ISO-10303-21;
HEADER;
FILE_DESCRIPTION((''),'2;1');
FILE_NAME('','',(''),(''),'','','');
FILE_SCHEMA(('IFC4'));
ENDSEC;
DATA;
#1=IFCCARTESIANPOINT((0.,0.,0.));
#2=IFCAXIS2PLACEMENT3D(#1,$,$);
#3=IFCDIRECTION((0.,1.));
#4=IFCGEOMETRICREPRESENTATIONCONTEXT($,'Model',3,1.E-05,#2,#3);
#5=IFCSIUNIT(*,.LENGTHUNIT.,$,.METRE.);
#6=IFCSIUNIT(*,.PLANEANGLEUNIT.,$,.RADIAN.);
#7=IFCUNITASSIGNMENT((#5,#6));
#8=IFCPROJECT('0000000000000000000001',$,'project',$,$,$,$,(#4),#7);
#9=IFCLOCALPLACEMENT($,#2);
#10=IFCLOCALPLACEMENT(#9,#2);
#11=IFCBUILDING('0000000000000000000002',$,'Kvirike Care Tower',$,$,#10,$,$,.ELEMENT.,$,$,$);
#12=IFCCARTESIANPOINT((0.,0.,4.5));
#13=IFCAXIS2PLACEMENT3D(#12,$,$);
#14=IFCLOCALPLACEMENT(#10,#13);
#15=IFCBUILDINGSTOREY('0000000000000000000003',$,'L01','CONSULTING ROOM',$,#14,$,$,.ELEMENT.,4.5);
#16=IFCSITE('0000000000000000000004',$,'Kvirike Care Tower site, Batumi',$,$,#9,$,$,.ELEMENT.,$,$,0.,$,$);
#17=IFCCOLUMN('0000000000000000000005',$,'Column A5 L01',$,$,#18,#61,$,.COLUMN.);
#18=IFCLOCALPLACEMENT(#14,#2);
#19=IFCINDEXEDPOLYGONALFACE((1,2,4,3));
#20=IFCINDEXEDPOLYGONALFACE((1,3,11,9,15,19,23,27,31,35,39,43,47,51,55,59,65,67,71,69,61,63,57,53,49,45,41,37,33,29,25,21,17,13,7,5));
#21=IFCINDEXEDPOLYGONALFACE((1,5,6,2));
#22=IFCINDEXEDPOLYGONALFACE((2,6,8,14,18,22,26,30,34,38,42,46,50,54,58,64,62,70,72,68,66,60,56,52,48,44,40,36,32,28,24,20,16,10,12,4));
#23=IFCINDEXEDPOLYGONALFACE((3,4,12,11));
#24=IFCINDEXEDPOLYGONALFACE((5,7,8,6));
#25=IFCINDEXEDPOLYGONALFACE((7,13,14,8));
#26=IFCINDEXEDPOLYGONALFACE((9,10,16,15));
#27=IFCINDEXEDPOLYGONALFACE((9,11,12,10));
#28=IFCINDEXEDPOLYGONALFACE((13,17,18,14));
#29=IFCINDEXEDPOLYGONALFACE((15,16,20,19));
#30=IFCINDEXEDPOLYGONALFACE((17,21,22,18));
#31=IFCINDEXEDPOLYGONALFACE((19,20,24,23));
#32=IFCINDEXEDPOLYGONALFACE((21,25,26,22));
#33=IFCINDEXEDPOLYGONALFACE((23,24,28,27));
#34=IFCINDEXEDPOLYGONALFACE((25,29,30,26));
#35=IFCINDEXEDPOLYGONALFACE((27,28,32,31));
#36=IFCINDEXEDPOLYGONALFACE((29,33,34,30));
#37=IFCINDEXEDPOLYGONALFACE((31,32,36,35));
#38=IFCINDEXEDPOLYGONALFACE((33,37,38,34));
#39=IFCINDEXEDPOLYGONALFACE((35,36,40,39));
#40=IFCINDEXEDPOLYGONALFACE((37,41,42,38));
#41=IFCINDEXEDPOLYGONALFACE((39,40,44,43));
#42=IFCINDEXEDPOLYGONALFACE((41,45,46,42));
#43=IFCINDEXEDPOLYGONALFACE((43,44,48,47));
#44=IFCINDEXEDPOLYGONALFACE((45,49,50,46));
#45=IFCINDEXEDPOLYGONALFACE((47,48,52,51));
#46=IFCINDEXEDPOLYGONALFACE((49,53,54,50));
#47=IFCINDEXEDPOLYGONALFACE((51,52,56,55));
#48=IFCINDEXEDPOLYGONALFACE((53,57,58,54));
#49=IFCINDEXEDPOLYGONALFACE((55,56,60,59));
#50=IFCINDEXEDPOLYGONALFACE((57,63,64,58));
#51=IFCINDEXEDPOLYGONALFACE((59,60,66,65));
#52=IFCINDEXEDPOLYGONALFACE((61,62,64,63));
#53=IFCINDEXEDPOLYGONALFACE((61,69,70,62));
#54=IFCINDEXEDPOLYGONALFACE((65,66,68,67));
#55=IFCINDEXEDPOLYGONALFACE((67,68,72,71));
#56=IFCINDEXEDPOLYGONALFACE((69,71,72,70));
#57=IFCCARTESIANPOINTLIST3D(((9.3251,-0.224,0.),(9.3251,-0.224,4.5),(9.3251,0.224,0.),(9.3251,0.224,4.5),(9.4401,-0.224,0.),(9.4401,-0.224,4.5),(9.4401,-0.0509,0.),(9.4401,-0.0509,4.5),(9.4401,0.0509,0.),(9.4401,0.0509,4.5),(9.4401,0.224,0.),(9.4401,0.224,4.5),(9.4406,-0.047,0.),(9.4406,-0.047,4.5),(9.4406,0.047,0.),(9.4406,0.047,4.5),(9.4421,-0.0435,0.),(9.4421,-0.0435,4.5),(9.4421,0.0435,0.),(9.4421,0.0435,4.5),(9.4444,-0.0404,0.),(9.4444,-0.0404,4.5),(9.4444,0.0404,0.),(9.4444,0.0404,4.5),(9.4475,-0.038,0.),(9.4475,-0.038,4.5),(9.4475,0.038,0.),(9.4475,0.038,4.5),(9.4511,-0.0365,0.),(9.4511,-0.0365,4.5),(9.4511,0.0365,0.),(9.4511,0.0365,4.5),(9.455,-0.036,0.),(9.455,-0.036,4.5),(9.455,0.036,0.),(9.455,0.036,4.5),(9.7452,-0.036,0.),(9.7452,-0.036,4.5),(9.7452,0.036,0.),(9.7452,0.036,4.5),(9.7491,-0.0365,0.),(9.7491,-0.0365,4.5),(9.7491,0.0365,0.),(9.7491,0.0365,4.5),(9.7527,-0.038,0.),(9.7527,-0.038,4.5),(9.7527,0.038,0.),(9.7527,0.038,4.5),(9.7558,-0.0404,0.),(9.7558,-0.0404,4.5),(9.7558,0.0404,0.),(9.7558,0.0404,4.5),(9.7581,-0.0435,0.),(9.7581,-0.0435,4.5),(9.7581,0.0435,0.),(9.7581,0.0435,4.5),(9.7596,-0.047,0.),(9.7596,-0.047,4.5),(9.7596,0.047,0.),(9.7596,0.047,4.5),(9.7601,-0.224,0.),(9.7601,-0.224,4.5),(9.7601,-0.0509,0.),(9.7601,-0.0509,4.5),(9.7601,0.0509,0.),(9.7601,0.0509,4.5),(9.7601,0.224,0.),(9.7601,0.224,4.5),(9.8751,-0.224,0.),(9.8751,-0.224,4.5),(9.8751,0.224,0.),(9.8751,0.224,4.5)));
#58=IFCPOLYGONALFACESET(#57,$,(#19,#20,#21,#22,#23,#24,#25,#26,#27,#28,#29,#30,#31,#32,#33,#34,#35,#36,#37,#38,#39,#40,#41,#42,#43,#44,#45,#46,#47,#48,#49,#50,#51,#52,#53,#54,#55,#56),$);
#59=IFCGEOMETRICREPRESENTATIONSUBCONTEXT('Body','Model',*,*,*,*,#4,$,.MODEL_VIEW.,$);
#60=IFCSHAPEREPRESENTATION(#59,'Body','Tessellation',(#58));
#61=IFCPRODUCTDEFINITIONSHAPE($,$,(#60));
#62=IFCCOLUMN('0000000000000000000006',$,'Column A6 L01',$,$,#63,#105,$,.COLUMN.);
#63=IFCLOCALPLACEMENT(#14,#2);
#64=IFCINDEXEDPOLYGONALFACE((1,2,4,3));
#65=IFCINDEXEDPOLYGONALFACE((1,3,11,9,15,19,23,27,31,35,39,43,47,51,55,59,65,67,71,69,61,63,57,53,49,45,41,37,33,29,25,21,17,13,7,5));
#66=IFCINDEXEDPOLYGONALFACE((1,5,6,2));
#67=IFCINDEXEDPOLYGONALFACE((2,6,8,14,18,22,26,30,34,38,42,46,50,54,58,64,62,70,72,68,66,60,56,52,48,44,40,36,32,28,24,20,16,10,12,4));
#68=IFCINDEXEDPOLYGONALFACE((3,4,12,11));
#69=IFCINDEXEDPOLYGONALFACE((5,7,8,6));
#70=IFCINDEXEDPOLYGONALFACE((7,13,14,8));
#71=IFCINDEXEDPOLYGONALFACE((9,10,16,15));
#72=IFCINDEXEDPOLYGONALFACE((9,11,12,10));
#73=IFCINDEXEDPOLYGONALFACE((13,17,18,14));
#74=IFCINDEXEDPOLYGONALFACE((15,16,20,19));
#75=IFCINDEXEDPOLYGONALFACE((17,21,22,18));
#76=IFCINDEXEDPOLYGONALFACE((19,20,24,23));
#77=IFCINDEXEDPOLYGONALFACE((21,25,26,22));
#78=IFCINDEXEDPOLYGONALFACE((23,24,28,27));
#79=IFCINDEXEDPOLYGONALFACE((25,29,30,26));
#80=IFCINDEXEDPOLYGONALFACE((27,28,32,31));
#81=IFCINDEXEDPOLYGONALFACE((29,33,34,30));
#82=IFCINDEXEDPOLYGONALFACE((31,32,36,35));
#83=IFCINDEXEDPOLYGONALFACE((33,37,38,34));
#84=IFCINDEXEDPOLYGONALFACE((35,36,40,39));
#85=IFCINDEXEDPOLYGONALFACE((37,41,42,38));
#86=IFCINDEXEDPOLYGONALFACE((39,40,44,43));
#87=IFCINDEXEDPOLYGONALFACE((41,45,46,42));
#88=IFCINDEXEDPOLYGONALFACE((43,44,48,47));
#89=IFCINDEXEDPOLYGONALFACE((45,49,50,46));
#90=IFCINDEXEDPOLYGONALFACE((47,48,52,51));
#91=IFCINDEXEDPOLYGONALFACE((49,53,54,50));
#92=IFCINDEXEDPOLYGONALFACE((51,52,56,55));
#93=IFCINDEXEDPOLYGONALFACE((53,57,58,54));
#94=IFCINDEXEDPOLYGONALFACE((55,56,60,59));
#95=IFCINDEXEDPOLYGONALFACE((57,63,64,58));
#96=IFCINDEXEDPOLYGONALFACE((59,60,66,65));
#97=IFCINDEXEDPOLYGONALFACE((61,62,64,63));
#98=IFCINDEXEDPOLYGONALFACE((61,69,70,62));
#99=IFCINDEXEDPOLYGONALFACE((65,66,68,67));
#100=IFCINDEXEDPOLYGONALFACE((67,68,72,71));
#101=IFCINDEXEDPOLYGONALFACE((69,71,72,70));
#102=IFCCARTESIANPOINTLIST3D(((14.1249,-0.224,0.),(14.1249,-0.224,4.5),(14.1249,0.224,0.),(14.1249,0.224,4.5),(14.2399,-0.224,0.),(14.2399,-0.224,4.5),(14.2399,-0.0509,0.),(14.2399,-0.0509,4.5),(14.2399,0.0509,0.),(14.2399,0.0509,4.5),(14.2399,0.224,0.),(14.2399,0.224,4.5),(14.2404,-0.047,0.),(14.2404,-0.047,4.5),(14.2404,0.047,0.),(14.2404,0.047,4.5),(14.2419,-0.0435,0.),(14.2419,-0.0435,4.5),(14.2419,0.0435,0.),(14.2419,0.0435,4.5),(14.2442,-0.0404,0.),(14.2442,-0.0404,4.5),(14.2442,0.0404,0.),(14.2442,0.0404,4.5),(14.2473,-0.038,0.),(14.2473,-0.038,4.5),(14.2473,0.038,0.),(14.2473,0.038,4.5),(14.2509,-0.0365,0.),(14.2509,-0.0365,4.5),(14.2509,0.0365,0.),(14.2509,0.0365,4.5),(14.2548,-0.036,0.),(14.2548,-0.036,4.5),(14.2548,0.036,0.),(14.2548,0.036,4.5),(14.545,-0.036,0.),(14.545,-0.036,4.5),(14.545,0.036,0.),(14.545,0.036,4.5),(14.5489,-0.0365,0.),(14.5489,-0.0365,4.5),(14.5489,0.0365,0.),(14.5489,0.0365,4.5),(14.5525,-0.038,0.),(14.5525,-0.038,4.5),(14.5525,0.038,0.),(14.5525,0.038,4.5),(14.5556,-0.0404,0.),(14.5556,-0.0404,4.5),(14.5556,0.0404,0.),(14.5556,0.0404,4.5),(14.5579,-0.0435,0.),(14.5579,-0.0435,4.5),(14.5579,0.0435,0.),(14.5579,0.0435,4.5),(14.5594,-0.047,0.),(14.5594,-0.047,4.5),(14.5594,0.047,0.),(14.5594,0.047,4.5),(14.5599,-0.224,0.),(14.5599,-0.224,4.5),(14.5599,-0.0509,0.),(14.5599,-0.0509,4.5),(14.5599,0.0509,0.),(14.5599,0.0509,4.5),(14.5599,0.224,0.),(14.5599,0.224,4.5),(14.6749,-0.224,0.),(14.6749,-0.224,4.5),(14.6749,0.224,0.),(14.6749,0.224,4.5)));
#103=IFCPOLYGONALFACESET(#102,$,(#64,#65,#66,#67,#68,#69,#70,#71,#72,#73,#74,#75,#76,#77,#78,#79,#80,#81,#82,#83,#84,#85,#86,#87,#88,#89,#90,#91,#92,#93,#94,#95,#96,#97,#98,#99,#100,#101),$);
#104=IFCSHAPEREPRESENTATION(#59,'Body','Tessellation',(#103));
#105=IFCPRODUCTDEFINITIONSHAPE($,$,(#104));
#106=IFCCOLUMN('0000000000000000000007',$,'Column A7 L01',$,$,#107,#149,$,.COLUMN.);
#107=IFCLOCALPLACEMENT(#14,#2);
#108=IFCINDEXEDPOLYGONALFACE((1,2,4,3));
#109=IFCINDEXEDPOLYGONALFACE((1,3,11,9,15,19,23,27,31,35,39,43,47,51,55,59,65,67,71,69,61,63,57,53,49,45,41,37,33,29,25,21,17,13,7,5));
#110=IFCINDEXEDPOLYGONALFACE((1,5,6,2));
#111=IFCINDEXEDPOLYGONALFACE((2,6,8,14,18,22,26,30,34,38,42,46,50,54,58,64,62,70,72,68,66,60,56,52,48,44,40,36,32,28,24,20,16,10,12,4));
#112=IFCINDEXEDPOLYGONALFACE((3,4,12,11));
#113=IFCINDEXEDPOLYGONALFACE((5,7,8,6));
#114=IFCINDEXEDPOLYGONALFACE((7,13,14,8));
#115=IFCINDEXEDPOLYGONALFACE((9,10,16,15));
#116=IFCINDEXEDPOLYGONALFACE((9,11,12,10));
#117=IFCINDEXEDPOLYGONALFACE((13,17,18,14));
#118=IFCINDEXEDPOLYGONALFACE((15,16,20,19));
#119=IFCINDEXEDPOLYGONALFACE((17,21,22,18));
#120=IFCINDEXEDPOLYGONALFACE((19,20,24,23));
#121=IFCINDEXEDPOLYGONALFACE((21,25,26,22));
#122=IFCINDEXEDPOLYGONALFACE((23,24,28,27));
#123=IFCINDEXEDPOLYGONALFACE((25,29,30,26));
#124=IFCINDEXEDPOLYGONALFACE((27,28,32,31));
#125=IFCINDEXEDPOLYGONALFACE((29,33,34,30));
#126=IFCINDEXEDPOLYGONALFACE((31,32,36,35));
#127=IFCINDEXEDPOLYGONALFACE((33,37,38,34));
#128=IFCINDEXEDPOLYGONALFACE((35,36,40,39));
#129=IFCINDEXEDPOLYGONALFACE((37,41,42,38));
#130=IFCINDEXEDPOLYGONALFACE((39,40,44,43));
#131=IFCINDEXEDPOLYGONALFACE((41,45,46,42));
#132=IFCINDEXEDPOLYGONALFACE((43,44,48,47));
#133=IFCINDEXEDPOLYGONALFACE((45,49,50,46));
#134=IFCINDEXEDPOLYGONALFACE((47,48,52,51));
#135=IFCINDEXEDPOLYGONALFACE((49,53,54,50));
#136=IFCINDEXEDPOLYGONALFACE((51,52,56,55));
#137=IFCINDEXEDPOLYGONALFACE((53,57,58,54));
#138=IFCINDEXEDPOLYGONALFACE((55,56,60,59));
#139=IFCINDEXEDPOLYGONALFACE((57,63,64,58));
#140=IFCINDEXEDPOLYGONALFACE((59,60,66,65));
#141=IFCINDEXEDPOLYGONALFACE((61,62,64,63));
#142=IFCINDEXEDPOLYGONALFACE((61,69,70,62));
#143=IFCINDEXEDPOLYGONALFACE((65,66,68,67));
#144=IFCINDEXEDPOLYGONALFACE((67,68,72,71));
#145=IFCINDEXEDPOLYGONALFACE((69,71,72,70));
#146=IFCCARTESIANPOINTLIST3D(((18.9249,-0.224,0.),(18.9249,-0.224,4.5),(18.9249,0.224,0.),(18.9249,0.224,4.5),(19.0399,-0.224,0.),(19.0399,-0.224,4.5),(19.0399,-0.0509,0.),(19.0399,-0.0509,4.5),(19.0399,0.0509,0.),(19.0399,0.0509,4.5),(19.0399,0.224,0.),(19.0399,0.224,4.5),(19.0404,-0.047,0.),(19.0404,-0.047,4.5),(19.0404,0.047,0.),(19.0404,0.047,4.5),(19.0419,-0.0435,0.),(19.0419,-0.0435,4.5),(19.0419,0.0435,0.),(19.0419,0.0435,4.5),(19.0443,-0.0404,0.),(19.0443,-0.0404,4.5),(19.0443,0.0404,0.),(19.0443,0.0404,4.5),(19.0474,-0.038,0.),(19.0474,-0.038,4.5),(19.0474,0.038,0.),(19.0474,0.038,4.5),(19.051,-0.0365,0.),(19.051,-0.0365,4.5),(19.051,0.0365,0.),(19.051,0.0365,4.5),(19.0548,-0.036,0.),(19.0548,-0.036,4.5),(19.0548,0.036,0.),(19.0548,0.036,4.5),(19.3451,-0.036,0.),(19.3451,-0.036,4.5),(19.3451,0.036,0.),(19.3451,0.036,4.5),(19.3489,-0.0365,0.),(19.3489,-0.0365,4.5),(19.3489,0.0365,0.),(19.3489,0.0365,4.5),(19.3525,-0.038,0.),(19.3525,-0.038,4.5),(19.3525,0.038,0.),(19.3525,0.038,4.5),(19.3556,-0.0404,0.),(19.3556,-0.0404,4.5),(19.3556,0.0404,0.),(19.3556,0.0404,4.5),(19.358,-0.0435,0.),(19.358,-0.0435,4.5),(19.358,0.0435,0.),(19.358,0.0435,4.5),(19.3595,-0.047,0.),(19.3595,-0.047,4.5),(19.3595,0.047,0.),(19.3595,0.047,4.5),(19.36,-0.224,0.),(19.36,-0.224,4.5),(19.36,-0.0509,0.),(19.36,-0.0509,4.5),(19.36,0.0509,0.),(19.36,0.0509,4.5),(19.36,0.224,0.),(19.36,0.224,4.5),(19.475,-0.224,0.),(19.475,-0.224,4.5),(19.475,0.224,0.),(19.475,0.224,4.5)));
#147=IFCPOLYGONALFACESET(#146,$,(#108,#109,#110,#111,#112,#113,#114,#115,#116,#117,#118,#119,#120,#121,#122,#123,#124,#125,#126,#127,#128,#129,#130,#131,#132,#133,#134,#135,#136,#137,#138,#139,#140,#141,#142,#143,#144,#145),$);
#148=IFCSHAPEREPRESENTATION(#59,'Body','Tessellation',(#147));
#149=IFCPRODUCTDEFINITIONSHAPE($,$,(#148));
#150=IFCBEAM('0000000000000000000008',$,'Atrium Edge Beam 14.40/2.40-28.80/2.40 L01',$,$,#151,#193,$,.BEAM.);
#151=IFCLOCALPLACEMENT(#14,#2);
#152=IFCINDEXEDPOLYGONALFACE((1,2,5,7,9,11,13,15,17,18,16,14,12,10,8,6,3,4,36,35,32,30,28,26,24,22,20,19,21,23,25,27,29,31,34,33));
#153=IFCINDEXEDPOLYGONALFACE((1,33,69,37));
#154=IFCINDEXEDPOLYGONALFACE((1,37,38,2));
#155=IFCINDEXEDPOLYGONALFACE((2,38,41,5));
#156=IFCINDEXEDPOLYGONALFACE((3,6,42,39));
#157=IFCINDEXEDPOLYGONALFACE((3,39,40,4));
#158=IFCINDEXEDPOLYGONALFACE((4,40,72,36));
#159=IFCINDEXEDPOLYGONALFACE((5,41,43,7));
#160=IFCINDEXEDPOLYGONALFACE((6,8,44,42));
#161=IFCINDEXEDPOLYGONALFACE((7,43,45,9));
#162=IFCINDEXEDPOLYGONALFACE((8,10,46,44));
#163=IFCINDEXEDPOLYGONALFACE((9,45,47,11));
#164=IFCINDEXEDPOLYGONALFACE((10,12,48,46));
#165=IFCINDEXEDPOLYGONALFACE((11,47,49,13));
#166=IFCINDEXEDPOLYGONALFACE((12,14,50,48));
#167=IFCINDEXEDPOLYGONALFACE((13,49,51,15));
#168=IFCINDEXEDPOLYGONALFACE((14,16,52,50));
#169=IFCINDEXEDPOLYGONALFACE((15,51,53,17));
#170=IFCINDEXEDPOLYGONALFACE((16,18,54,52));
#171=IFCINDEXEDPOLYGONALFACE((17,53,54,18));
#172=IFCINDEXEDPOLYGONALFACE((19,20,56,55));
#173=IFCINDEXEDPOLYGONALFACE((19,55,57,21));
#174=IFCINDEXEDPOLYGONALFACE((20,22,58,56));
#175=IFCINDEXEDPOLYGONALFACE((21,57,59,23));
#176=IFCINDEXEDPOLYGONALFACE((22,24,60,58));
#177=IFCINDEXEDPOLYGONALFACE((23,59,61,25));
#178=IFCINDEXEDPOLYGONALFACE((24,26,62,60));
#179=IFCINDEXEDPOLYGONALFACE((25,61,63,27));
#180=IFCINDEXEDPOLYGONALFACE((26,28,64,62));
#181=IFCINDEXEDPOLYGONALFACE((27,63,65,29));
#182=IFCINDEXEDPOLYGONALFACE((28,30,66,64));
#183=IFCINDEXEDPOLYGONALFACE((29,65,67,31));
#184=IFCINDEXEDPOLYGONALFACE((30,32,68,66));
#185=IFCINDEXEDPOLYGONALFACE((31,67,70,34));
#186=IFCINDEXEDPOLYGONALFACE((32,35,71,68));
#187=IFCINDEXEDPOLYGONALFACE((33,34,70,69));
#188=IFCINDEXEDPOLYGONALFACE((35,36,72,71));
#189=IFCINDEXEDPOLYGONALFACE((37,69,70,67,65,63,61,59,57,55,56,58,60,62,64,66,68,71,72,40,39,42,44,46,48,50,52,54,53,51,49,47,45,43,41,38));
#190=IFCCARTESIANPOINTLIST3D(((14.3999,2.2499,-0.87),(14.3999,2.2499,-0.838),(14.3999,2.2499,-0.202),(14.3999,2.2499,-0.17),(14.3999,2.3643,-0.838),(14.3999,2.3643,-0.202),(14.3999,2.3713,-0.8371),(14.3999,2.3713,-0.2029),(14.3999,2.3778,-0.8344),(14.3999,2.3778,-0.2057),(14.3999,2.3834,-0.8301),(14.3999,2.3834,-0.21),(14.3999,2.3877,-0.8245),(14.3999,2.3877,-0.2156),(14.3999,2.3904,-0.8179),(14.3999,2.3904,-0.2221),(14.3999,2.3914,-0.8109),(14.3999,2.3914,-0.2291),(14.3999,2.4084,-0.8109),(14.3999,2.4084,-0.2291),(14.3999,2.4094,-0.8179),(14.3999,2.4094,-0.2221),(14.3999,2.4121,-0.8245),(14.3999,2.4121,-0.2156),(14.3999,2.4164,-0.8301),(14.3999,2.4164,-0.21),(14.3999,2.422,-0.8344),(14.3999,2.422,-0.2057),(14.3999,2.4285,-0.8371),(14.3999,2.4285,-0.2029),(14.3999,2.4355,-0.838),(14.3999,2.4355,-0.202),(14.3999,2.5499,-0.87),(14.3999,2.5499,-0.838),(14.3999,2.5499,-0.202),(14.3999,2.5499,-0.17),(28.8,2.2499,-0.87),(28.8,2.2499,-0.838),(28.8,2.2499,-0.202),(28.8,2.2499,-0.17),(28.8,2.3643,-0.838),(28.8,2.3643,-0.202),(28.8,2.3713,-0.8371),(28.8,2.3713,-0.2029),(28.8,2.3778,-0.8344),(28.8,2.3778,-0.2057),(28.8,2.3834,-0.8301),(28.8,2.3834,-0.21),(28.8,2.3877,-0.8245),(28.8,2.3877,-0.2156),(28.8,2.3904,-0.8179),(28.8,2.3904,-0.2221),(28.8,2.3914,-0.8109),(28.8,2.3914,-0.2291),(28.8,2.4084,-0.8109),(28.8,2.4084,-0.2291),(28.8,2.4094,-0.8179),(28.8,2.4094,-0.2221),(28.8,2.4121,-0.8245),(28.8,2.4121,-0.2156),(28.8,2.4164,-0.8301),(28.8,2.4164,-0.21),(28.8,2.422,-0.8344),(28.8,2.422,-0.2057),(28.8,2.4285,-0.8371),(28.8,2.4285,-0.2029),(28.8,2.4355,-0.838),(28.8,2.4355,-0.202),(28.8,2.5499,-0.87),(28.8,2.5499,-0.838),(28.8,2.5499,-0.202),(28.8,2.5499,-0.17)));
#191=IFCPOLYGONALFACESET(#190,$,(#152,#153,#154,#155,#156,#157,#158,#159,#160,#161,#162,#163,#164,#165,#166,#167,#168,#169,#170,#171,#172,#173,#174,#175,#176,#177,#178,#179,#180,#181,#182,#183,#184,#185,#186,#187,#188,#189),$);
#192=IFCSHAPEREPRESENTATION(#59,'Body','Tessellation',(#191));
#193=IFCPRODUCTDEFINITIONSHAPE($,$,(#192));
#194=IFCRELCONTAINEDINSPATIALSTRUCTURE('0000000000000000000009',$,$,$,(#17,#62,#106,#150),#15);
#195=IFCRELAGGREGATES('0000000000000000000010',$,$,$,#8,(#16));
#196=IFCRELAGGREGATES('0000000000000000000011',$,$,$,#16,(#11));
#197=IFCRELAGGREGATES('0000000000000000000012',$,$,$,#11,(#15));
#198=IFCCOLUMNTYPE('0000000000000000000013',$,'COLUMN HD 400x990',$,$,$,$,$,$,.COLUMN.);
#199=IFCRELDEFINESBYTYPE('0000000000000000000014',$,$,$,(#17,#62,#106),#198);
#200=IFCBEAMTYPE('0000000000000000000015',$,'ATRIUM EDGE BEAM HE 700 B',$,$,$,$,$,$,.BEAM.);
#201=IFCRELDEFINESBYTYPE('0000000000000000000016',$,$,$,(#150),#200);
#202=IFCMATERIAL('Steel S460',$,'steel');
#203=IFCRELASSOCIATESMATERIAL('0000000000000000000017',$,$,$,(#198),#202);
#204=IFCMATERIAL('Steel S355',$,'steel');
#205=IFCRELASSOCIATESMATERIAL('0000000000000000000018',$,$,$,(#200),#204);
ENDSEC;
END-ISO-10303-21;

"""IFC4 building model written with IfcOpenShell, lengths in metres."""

from ifc_helpers import new_model, si_unit, direction, frame, origin, origin_2d, place, context, subcontext, project, spatial, i_section, extrude, material, material_profile, profile_set, type_object, element, save


model = new_model("IFC4")

# Units and contexts
model_context = context("Model", 3, precision=1e-05, world=origin(), true_north=direction((0.0, 1.0)))
body_context = subcontext(model_context, "Body", "Model", "MODEL_VIEW")
ifc_project = project(units=[si_unit("LENGTHUNIT", "METRE"), si_unit("PLANEANGLEUNIT", "RADIAN")], contexts=[model_context])

# Site, building, storey
site_placement = place(None, origin())
site = spatial("IfcSite", under=ifc_project, at=site_placement, Name="Kvirike Care Tower site, Batumi", CompositionType="ELEMENT", RefElevation=0.0)
building_placement = place(site_placement, origin())
building = spatial("IfcBuilding", under=site, at=building_placement, Name="Kvirike Care Tower", CompositionType="ELEMENT")
storey_placement = place(building_placement, frame((0.0, 0.0, 4.5)))
storey = spatial("IfcBuildingStorey", under=building, at=storey_placement, Name="L01", Description="CONSULTING ROOM", CompositionType="ELEMENT", Elevation=4.5)

# Columns
ifc_material_1 = material(Name="Steel S460", Category="steel")
ifc_material_profile_1 = material_profile(ifc_material_1, i_section(OverallWidth=0.448, OverallDepth=0.55, WebThickness=0.072, FlangeThickness=0.115, FilletRadius=0.0149, at=origin_2d()), Name="HD 400x990")
ifc_profile_set_1 = profile_set([ifc_material_profile_1], Name="Steel S460")
column_type_1 = type_object("IfcColumnType", Name="COLUMN HD 400x990", PredefinedType="COLUMN", material=ifc_profile_set_1)
for number, where, z_axis, x_axis, name in (
    (1, (9.6001, 0.0, 0.0), (0.0, 0.0, 1.0), (0.0, 1.0, 0.0), "Column A5 L01"),
    (2, (14.3999, 0.0, 0.0), (0.0, 0.0, 1.0), (0.0, 1.0, 0.0), "Column A6 L01"),
    (3, (19.2, 0.0, 0.0), (0.0, 0.0, 1.0), (0.0, 1.0, 0.0), "Column A7 L01"),
):
    element("IfcColumn", number, at=place(storey_placement, frame(where, z_axis=z_axis, x_axis=x_axis)), inside=storey, type_object=column_type_1, Name=name, PredefinedType="COLUMN", context=body_context, shape_type="SweptSolid", body=[
        extrude(i_section(OverallWidth=0.448, OverallDepth=0.55, WebThickness=0.072, FlangeThickness=0.115, FilletRadius=0.0149, at=origin_2d()), origin(), (0.0, 0.0, 1.0), 4.5),
    ])

# Beam
ifc_material_2 = material(Name="Steel S355", Category="steel")
ifc_material_profile_2 = material_profile(ifc_material_2, i_section(OverallWidth=0.3, OverallDepth=0.7, WebThickness=0.0171, FlangeThickness=0.032, FilletRadius=0.0271, at=origin_2d()), Name="HE 700 B")
ifc_profile_set_2 = profile_set([ifc_material_profile_2], Name="Steel S355")
beam_type_1 = type_object("IfcBeamType", Name="ATRIUM EDGE BEAM HE 700 B", PredefinedType="BEAM", material=ifc_profile_set_2)
for number, where, z_axis, x_axis, name in (
    (4, (14.3999, 2.3999, -0.52), (1.0, 0.0, 0.0), (0.0, 1.0, 0.0), "Atrium Edge Beam 14.40/2.40-28.80/2.40 L01"),
):
    element("IfcBeam", number, at=place(storey_placement, frame(where, z_axis=z_axis, x_axis=x_axis)), inside=storey, type_object=beam_type_1, Name=name, PredefinedType="BEAM", context=body_context, shape_type="SweptSolid", body=[
        extrude(i_section(OverallWidth=0.3, OverallDepth=0.7, WebThickness=0.0171, FlangeThickness=0.032, FilletRadius=0.0271, at=origin_2d()), origin(), (0.0, 0.0, 1.0), 14.4001),
    ])

save(model, "model.ifc")
